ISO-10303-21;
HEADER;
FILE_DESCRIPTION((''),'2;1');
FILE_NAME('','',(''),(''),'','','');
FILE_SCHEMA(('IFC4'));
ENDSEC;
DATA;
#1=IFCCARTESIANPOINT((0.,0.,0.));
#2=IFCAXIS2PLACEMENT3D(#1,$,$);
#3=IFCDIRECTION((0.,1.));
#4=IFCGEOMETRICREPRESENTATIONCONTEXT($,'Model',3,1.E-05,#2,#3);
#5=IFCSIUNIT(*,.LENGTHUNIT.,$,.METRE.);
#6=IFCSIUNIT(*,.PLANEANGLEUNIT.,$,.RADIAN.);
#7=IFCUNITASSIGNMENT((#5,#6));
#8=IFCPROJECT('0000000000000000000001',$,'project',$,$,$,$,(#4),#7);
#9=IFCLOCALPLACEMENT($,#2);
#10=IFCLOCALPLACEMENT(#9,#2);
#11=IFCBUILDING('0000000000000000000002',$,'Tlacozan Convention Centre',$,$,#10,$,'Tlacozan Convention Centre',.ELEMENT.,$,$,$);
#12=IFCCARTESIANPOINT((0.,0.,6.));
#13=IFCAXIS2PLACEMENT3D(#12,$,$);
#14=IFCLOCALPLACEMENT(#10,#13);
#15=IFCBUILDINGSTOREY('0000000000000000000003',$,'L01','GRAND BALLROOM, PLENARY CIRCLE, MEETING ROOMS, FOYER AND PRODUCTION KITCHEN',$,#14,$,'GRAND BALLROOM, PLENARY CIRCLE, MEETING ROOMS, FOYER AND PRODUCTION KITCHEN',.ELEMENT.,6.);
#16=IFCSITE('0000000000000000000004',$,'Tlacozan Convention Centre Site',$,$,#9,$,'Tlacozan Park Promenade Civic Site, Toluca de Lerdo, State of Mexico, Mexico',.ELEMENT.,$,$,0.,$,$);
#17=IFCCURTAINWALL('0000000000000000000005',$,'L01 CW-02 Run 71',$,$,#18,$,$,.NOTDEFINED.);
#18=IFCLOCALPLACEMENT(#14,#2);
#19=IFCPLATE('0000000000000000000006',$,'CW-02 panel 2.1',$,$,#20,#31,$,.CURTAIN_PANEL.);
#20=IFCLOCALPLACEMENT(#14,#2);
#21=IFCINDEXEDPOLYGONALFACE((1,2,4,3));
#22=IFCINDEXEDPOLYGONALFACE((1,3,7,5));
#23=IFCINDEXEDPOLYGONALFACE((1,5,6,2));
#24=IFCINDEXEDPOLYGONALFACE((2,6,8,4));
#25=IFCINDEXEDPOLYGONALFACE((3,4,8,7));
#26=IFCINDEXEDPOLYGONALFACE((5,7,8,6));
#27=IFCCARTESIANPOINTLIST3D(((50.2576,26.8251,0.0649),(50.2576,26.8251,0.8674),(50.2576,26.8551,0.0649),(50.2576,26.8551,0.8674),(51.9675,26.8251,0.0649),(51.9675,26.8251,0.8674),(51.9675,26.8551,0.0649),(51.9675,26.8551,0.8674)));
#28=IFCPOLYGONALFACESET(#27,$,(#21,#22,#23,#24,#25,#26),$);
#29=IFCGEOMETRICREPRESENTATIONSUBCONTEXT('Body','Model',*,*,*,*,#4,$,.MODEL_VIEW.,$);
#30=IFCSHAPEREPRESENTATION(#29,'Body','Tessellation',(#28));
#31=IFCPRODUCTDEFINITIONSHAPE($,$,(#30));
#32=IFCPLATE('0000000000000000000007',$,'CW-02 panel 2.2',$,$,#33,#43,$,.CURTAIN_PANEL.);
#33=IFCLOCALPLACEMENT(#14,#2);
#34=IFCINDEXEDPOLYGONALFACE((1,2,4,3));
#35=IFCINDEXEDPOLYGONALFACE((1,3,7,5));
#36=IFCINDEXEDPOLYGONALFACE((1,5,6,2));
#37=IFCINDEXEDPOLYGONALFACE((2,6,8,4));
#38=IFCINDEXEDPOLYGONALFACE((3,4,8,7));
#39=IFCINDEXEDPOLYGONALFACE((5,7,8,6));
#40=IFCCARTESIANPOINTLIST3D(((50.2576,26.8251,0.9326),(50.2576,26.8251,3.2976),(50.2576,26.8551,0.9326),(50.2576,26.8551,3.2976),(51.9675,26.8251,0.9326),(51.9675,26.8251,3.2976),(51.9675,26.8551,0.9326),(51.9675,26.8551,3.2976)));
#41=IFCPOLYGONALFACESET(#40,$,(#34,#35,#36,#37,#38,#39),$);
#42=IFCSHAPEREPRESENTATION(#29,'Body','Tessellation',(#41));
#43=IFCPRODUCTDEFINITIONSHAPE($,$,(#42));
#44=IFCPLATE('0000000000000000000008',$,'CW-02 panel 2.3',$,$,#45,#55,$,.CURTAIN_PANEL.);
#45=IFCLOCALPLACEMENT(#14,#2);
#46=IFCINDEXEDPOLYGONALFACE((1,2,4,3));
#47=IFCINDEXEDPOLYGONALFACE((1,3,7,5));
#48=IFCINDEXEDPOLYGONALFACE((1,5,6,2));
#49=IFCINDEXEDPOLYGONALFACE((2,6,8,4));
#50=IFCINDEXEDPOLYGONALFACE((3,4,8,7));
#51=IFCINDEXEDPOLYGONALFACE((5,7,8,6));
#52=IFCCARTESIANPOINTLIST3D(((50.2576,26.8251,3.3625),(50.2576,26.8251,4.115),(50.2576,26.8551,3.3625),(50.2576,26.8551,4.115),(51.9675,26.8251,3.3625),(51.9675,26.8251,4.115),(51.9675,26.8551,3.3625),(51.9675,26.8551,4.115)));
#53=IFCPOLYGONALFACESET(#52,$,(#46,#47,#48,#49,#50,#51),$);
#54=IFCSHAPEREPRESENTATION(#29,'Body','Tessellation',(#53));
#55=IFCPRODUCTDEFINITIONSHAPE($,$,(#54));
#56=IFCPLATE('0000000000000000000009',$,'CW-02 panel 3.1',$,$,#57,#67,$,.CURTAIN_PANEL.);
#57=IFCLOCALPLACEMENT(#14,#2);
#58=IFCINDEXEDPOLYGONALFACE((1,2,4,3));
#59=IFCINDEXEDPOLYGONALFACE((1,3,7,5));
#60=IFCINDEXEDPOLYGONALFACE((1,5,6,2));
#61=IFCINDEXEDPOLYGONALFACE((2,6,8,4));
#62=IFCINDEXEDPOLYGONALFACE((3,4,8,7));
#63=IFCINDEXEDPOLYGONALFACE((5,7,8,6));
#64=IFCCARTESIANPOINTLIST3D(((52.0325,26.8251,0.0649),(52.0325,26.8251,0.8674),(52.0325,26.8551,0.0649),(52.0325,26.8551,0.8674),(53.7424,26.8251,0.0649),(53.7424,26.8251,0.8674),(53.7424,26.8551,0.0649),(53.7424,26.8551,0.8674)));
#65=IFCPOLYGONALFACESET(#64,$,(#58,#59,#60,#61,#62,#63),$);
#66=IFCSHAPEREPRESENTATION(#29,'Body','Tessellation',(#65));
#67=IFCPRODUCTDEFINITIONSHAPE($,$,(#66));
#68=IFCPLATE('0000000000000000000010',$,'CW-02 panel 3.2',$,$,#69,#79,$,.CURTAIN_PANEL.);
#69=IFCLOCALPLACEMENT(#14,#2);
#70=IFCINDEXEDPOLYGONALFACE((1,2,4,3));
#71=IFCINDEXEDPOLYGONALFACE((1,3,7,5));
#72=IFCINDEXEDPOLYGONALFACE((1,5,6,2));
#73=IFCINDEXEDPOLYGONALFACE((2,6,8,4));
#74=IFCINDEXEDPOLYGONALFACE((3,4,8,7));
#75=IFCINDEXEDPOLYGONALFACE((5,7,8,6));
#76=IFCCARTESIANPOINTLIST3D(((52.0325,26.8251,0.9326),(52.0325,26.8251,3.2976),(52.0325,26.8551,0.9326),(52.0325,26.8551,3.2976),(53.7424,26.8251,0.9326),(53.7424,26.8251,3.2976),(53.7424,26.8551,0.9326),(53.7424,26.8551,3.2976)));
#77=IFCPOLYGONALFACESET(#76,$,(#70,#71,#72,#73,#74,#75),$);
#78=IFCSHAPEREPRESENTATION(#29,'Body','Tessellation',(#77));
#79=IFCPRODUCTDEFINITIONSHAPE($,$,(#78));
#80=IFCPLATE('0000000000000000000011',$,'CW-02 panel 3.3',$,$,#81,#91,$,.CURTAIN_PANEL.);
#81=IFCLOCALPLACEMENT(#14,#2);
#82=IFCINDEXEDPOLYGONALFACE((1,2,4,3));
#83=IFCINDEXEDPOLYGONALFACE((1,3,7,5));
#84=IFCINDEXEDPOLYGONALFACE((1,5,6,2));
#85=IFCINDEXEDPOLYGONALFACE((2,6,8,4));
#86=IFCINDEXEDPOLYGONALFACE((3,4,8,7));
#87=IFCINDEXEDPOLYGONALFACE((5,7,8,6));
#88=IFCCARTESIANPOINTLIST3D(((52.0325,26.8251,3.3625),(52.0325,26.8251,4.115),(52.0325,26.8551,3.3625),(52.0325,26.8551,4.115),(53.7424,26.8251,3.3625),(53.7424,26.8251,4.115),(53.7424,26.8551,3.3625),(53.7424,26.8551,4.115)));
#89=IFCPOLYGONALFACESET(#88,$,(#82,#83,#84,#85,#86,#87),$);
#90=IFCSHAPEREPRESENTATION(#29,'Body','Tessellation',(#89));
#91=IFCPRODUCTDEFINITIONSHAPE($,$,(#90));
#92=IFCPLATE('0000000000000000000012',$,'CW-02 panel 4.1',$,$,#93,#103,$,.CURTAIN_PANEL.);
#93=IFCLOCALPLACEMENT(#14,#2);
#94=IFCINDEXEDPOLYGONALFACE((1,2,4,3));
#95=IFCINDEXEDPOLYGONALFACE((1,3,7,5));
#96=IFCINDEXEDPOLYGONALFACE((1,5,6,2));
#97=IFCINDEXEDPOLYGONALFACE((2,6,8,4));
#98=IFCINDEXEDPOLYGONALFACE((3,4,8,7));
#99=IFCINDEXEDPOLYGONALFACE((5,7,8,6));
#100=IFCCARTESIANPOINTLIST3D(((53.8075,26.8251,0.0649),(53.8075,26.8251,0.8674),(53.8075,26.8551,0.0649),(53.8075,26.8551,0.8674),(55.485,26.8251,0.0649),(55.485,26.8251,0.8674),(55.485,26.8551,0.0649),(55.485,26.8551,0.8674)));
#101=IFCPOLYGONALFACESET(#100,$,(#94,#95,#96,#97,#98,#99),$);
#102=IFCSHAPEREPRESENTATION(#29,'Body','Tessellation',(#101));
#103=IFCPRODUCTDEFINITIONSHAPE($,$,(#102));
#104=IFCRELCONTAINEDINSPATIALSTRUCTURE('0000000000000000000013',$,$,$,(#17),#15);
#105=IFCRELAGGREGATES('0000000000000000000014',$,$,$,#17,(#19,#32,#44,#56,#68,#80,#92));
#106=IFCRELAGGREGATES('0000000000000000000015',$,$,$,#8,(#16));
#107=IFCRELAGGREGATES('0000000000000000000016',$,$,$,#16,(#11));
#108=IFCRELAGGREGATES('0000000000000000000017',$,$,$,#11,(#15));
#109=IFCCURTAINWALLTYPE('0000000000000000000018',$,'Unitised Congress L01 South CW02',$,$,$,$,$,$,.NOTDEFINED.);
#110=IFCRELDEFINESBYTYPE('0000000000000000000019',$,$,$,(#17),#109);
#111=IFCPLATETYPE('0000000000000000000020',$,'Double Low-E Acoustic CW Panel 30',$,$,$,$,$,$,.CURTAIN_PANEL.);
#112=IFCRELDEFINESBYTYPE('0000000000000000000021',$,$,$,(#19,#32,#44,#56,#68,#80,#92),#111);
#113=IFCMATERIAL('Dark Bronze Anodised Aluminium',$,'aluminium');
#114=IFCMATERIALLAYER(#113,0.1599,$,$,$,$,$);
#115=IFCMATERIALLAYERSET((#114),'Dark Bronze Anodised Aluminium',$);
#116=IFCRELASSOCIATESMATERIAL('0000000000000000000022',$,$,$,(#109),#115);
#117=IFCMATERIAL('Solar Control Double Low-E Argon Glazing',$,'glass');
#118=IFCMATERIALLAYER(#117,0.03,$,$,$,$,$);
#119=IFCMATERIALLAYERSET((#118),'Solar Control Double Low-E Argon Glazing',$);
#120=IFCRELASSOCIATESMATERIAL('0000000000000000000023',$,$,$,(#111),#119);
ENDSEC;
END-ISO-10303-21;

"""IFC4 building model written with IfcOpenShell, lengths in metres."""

from ifc_helpers import new_model, si_unit, direction, frame, origin, origin_2d, place, context, subcontext, project, spatial, rectangle, extrude, material, layer, layer_set, type_object, element, aggregate, save


model = new_model("IFC4")

# Units and contexts
model_context = context("Model", 3, precision=1e-05, world=origin(), true_north=direction((0.0, 1.0)))
body_context = subcontext(model_context, "Body", "Model", "MODEL_VIEW")
ifc_project = project(units=[si_unit("LENGTHUNIT", "METRE"), si_unit("PLANEANGLEUNIT", "RADIAN")], contexts=[model_context])

# Site, building, storey
site_placement = place(None, origin())
site = spatial("IfcSite", under=ifc_project, at=site_placement, Name="Tlacozan Convention Centre Site", LongName="Tlacozan Park Promenade Civic Site, Toluca de Lerdo, State of Mexico, Mexico", CompositionType="ELEMENT", RefElevation=0.0)
building_placement = place(site_placement, origin())
building = spatial("IfcBuilding", under=site, at=building_placement, Name="Tlacozan Convention Centre", LongName="Tlacozan Convention Centre", CompositionType="ELEMENT")
storey_placement = place(building_placement, frame((0.0, 0.0, 6.0)))
storey = spatial("IfcBuildingStorey", under=building, at=storey_placement, Name="L01", Description="GRAND BALLROOM, PLENARY CIRCLE, MEETING ROOMS, FOYER AND PRODUCTION KITCHEN", LongName="GRAND BALLROOM, PLENARY CIRCLE, MEETING ROOMS, FOYER AND PRODUCTION KITCHEN", CompositionType="ELEMENT", Elevation=6.0)

# Curtain wall, plates
ifc_material_1 = material(Name="Dark Bronze Anodised Aluminium", Category="aluminium")
ifc_layer_1 = layer(ifc_material_1, 0.1599)
ifc_layer_set_1 = layer_set([ifc_layer_1], Name="Dark Bronze Anodised Aluminium")
curtain_wall_type = type_object("IfcCurtainWallType", Name="Unitised Congress L01 South CW02", PredefinedType="NOTDEFINED", material=ifc_layer_set_1)
curtain_wall_placement = place(storey_placement, origin())
curtain_wall = element("IfcCurtainWall", 1, at=curtain_wall_placement, inside=storey, type_object=curtain_wall_type, Name="L01 CW-02 Run 71", PredefinedType="NOTDEFINED")
ifc_material_2 = material(Name="Solar Control Double Low-E Argon Glazing", Category="glass")
ifc_layer_2 = layer(ifc_material_2, 0.03)
ifc_layer_set_2 = layer_set([ifc_layer_2], Name="Solar Control Double Low-E Argon Glazing")
plate_type = type_object("IfcPlateType", Name="Double Low-E Acoustic CW Panel 30", PredefinedType="CURTAIN_PANEL", material=ifc_layer_set_2)
plate_1_placement = place(storey_placement, frame((51.1125, 26.8401, 0.0649), z_axis=(0.0, 0.0, 1.0), x_axis=(1.0, 0.0, 0.0)))
plate_1 = element("IfcPlate", 2, at=plate_1_placement, type_object=plate_type, Name="CW-02 panel 2.1", PredefinedType="CURTAIN_PANEL", context=body_context, shape_type="SweptSolid", body=[
    extrude(rectangle(XDim=1.71, YDim=0.03, at=origin_2d()), origin(), (0.0, 0.0, 1.0), 0.8025),
])
plate_2_placement = place(storey_placement, frame((51.1125, 26.8401, 0.9326), z_axis=(0.0, 0.0, 1.0), x_axis=(1.0, 0.0, 0.0)))
plate_2 = element("IfcPlate", 3, at=plate_2_placement, type_object=plate_type, Name="CW-02 panel 2.2", PredefinedType="CURTAIN_PANEL", context=body_context, shape_type="SweptSolid", body=[
    extrude(rectangle(XDim=1.71, YDim=0.03, at=origin_2d()), origin(), (0.0, 0.0, 1.0), 2.365),
])
plate_3_placement = place(storey_placement, frame((51.1125, 26.8401, 3.3625), z_axis=(0.0, 0.0, 1.0), x_axis=(1.0, 0.0, 0.0)))
plate_3 = element("IfcPlate", 4, at=plate_3_placement, type_object=plate_type, Name="CW-02 panel 2.3", PredefinedType="CURTAIN_PANEL", context=body_context, shape_type="SweptSolid", body=[
    extrude(rectangle(XDim=1.71, YDim=0.03, at=origin_2d()), origin(), (0.0, 0.0, 1.0), 0.7524),
])
plate_4_placement = place(storey_placement, frame((52.8875, 26.8401, 0.0649), z_axis=(0.0, 0.0, 1.0), x_axis=(1.0, 0.0, 0.0)))
plate_4 = element("IfcPlate", 5, at=plate_4_placement, type_object=plate_type, Name="CW-02 panel 3.1", PredefinedType="CURTAIN_PANEL", context=body_context, shape_type="SweptSolid", body=[
    extrude(rectangle(XDim=1.71, YDim=0.03, at=origin_2d()), origin(), (0.0, 0.0, 1.0), 0.8025),
])
plate_5_placement = place(storey_placement, frame((52.8875, 26.8401, 0.9326), z_axis=(0.0, 0.0, 1.0), x_axis=(1.0, 0.0, 0.0)))
plate_5 = element("IfcPlate", 6, at=plate_5_placement, type_object=plate_type, Name="CW-02 panel 3.2", PredefinedType="CURTAIN_PANEL", context=body_context, shape_type="SweptSolid", body=[
    extrude(rectangle(XDim=1.71, YDim=0.03, at=origin_2d()), origin(), (0.0, 0.0, 1.0), 2.365),
])
plate_6_placement = place(storey_placement, frame((52.8875, 26.8401, 3.3625), z_axis=(0.0, 0.0, 1.0), x_axis=(1.0, 0.0, 0.0)))
plate_6 = element("IfcPlate", 7, at=plate_6_placement, type_object=plate_type, Name="CW-02 panel 3.3", PredefinedType="CURTAIN_PANEL", context=body_context, shape_type="SweptSolid", body=[
    extrude(rectangle(XDim=1.71, YDim=0.03, at=origin_2d()), origin(), (0.0, 0.0, 1.0), 0.7524),
])
plate_7_placement = place(storey_placement, frame((54.6462, 26.8401, 0.0649), z_axis=(0.0, 0.0, 1.0), x_axis=(1.0, 0.0, 0.0)))
plate_7 = element("IfcPlate", 8, at=plate_7_placement, type_object=plate_type, Name="CW-02 panel 4.1", PredefinedType="CURTAIN_PANEL", context=body_context, shape_type="SweptSolid", body=[
    extrude(rectangle(XDim=1.6775, YDim=0.03, at=origin_2d()), origin(), (0.0, 0.0, 1.0), 0.8025),
])
aggregate(curtain_wall, [plate_1, plate_2, plate_3, plate_4, plate_5, plate_6, plate_7])

save(model, "model.ifc")
